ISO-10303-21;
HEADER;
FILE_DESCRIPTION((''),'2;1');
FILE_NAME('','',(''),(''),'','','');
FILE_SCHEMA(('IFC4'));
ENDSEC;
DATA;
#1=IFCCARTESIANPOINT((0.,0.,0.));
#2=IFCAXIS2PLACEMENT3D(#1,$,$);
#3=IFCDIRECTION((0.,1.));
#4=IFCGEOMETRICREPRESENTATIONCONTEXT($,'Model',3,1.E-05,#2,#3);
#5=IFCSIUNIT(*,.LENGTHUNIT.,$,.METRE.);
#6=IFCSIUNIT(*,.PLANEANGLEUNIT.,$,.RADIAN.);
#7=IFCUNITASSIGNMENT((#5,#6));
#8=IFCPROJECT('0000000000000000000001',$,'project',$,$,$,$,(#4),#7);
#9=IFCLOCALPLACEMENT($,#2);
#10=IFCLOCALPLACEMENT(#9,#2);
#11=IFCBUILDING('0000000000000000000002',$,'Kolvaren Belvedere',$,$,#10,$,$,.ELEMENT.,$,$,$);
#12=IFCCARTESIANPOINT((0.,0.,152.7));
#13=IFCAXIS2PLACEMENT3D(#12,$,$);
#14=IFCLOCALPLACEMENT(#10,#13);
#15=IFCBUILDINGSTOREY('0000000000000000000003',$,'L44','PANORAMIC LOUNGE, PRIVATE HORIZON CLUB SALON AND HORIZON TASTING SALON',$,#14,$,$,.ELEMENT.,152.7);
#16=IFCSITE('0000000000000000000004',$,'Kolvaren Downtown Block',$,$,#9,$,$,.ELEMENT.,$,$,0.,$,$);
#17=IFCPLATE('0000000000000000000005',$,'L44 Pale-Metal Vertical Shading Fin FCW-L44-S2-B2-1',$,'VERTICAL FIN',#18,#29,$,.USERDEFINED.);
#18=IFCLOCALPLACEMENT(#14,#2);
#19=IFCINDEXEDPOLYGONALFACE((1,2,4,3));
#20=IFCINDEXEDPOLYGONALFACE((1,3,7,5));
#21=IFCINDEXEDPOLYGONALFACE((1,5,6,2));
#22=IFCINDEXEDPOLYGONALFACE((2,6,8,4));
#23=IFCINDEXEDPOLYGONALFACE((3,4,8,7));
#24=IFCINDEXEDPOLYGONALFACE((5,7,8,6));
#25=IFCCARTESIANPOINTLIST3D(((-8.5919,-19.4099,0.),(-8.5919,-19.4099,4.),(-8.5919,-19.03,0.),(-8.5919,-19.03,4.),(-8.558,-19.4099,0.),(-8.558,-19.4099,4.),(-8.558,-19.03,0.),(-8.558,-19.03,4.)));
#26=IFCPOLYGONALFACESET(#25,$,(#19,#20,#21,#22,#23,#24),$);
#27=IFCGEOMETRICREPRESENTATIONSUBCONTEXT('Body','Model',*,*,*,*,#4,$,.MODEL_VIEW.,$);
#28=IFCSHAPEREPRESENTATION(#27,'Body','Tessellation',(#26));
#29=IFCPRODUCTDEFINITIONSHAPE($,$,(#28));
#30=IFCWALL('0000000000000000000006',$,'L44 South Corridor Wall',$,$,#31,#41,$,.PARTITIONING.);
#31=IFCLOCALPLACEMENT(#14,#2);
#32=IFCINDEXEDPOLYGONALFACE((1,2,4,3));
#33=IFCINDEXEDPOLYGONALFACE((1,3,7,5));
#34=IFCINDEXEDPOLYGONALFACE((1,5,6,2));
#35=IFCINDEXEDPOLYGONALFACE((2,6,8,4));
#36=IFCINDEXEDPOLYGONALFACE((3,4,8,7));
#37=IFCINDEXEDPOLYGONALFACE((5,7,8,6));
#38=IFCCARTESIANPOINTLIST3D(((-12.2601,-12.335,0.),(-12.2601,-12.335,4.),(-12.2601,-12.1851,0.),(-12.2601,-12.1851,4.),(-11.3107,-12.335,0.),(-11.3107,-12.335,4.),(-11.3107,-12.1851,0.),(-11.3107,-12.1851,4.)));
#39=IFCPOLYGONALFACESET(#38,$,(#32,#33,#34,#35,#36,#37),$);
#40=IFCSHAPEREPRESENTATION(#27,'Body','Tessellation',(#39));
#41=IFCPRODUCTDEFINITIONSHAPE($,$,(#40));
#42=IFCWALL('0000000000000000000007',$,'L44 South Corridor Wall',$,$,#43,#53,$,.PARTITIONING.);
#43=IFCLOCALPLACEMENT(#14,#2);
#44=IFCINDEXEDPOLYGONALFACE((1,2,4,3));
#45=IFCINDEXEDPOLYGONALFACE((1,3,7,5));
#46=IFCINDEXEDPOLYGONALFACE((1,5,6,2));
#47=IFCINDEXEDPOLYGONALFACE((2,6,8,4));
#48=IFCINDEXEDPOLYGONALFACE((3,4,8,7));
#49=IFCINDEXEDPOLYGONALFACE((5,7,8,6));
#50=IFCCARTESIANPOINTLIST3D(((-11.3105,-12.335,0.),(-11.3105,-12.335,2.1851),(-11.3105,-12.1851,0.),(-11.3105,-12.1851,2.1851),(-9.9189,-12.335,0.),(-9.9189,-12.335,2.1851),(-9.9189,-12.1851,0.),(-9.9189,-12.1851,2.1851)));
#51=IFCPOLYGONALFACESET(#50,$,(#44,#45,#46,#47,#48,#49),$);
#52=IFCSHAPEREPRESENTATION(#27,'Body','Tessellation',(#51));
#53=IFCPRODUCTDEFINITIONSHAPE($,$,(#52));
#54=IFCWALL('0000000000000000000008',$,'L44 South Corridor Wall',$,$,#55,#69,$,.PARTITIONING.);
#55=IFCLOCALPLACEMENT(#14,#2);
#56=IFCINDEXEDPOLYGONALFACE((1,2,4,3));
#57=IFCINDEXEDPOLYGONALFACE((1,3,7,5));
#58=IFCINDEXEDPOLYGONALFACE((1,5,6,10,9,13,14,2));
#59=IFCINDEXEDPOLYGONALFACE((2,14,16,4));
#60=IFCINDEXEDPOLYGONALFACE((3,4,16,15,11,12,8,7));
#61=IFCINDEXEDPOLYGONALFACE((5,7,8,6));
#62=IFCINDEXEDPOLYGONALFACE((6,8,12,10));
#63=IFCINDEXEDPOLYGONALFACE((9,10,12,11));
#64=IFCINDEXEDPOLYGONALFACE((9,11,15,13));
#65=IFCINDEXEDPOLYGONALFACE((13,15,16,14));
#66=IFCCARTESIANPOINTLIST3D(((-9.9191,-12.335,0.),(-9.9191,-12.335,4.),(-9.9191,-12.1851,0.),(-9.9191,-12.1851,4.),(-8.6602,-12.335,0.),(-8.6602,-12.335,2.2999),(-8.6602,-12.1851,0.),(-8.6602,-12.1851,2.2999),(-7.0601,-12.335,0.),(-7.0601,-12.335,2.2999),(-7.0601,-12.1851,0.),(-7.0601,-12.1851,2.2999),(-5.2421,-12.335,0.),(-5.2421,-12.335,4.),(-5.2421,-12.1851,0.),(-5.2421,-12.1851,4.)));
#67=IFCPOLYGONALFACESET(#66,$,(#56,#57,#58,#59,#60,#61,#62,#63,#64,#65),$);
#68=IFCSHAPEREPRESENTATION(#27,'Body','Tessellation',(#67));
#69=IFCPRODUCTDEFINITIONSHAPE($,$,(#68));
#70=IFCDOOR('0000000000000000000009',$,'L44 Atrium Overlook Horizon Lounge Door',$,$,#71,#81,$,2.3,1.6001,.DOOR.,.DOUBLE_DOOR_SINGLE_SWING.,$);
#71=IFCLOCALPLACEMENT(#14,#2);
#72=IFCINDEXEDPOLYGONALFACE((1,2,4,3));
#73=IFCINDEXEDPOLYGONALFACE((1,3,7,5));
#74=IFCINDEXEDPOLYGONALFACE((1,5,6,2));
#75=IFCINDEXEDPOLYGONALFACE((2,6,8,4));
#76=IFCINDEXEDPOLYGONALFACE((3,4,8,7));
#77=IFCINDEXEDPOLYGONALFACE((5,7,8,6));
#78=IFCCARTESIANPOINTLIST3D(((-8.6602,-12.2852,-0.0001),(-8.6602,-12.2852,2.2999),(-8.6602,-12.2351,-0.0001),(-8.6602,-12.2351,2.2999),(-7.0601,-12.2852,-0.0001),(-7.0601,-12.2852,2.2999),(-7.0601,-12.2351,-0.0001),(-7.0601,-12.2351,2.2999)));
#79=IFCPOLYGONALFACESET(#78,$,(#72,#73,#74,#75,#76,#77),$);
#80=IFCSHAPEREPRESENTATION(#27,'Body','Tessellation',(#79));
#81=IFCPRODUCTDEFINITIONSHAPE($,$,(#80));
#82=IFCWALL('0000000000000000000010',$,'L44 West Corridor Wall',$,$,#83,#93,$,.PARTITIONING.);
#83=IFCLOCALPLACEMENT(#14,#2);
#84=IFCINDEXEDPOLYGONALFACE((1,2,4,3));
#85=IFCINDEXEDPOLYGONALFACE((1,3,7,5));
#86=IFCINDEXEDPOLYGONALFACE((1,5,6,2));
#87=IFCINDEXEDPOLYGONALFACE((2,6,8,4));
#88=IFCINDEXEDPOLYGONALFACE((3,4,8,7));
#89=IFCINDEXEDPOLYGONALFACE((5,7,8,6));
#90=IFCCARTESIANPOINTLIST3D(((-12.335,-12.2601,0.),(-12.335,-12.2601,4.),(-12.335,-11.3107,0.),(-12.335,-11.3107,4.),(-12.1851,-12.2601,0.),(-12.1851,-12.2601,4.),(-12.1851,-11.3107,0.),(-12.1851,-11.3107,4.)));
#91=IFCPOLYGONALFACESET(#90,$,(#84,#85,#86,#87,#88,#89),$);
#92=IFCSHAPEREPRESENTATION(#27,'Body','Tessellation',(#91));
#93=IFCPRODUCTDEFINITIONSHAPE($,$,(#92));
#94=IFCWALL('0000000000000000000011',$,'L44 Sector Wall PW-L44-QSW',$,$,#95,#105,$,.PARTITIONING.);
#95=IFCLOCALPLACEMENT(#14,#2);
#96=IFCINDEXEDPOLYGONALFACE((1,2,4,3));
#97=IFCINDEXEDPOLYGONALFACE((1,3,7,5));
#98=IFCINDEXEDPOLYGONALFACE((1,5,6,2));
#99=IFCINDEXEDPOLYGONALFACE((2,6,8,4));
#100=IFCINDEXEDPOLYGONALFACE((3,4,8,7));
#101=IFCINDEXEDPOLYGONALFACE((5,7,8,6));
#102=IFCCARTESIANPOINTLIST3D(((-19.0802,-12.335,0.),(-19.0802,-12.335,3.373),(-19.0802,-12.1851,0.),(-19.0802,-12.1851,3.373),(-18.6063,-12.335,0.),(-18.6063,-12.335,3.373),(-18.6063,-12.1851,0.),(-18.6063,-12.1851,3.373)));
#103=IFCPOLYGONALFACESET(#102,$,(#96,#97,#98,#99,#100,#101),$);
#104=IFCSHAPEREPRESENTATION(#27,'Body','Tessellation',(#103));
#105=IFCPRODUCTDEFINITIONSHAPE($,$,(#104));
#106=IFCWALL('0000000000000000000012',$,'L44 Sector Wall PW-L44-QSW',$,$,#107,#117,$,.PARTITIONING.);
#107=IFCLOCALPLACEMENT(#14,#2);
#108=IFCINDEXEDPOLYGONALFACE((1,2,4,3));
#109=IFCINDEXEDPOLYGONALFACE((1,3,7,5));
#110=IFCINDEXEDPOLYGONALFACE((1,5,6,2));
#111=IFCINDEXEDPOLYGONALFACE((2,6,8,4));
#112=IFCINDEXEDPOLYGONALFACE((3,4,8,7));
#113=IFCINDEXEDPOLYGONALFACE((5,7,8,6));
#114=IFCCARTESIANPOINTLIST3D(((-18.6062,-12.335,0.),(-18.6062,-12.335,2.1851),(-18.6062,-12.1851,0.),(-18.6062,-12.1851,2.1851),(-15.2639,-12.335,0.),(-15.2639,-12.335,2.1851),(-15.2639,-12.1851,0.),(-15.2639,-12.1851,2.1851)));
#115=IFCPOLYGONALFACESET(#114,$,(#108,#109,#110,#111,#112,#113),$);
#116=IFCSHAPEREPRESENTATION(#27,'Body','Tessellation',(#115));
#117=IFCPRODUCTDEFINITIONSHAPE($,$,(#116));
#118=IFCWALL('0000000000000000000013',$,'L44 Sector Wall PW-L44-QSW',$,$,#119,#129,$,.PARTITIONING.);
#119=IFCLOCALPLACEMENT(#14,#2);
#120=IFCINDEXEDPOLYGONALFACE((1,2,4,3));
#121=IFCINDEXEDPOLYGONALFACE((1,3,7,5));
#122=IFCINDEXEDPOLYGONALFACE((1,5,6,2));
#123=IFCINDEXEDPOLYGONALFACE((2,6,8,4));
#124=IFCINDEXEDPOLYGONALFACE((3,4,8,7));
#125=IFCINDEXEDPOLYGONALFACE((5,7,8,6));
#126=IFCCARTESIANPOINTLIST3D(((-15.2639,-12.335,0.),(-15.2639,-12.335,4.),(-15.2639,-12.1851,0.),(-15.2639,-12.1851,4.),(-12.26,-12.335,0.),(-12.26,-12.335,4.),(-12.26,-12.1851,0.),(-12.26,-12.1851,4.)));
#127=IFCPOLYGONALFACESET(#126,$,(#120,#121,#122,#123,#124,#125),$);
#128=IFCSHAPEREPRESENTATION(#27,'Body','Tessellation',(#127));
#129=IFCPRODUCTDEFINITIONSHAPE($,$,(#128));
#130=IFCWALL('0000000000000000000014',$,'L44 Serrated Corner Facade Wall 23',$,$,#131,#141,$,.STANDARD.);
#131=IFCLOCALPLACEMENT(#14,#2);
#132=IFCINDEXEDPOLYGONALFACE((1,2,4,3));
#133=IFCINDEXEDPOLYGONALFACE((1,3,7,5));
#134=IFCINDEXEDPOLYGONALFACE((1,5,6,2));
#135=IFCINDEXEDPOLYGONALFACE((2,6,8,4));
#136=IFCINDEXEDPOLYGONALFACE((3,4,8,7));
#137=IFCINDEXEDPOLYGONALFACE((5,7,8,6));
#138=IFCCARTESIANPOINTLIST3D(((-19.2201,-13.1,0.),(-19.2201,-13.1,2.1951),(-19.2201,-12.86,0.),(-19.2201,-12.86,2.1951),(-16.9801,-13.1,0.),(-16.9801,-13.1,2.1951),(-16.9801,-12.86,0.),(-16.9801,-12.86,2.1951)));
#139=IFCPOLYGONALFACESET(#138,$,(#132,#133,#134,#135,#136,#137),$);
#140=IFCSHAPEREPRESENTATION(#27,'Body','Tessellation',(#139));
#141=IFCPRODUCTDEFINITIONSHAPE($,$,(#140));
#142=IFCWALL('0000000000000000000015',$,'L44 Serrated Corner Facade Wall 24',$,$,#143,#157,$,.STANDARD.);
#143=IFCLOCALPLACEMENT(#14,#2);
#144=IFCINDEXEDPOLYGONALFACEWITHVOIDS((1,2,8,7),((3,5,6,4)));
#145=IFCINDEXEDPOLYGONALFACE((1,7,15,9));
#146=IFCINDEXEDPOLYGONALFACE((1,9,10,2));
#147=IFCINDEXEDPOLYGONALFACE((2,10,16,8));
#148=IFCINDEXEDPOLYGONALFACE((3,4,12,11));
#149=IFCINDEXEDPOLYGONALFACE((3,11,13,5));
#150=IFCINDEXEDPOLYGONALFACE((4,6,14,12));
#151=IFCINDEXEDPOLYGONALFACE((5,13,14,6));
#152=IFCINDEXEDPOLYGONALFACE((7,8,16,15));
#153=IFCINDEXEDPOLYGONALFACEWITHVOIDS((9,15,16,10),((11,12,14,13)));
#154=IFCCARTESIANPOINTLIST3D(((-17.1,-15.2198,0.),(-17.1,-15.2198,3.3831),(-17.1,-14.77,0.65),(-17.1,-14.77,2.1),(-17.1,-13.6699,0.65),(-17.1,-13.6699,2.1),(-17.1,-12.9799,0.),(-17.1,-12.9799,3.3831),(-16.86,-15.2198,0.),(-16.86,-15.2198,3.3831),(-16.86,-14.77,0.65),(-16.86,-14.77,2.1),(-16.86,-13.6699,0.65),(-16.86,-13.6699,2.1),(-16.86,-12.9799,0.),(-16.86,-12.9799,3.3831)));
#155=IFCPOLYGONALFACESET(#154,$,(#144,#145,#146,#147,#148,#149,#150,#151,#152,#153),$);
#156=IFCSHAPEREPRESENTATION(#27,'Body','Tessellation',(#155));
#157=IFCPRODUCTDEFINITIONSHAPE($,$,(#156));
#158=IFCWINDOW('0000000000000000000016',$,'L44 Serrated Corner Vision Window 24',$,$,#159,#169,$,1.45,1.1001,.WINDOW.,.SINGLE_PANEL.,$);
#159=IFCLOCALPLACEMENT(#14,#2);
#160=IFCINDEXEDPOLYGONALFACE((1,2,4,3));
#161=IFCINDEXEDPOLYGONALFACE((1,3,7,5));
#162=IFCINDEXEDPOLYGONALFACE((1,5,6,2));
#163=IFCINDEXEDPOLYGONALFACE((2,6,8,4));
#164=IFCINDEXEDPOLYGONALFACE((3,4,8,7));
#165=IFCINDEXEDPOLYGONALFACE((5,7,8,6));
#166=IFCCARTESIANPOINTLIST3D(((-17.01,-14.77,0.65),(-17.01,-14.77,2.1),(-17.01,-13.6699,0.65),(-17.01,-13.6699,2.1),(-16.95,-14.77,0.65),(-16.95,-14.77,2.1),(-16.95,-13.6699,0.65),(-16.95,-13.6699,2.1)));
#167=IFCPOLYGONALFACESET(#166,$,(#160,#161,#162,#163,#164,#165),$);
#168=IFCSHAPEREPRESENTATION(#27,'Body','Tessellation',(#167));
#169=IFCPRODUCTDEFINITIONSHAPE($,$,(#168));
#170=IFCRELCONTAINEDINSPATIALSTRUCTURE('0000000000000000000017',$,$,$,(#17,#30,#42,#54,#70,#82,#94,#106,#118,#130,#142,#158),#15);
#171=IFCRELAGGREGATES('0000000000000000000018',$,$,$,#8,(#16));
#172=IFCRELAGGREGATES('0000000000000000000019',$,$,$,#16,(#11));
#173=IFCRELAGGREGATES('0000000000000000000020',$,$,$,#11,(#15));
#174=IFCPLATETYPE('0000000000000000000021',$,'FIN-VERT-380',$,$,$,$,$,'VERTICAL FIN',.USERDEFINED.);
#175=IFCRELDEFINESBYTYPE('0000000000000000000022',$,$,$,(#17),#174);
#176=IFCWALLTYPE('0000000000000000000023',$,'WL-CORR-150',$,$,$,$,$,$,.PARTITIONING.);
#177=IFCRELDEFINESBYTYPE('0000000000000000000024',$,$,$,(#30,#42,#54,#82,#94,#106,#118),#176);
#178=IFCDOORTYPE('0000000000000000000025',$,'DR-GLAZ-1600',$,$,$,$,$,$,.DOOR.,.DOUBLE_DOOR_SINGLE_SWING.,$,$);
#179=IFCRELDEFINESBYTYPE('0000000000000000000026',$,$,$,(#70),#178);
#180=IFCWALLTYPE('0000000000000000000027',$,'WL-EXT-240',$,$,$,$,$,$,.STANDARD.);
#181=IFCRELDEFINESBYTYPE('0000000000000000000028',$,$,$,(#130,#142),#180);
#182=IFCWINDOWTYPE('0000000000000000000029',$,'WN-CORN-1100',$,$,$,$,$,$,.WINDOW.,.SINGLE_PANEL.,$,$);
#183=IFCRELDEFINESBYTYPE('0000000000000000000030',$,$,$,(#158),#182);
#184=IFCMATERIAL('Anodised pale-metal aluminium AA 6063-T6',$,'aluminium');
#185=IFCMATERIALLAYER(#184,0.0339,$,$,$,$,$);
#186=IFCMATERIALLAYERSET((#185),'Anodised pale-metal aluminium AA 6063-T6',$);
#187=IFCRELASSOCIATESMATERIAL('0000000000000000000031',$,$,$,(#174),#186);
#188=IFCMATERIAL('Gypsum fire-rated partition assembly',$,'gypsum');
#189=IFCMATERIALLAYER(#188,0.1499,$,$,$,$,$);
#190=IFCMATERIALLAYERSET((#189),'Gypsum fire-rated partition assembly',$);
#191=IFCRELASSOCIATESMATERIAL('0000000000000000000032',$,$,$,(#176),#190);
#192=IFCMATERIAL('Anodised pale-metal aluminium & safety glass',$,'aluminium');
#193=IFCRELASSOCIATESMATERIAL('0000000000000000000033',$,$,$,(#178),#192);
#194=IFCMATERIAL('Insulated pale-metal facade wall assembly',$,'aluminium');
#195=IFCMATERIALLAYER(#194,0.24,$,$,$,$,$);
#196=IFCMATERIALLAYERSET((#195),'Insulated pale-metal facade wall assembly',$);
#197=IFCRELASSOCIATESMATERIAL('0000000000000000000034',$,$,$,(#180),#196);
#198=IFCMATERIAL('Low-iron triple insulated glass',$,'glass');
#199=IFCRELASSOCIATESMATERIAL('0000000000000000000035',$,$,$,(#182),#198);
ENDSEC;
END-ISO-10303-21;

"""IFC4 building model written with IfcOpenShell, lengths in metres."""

from ifc_helpers import new_model, si_unit, direction, frame, frame_2d, origin, origin_2d, place, context, subcontext, project, spatial, rectangle, extrude, material, layer, layer_set, type_object, element, fill, save


model = new_model("IFC4")

# Units and contexts
model_context = context("Model", 3, precision=1e-05, world=origin(), true_north=direction((0.0, 1.0)))
body_context = subcontext(model_context, "Body", "Model", "MODEL_VIEW")
ifc_project = project(units=[si_unit("LENGTHUNIT", "METRE"), si_unit("PLANEANGLEUNIT", "RADIAN")], contexts=[model_context])

# Site, building, storey
site_placement = place(None, origin())
site = spatial("IfcSite", under=ifc_project, at=site_placement, Name="Kolvaren Downtown Block", CompositionType="ELEMENT", RefElevation=0.0)
building_placement = place(site_placement, origin())
building = spatial("IfcBuilding", under=site, at=building_placement, Name="Kolvaren Belvedere", CompositionType="ELEMENT")
storey_placement = place(building_placement, frame((0.0, 0.0, 152.7)))
storey = spatial("IfcBuildingStorey", under=building, at=storey_placement, Name="L44", Description="PANORAMIC LOUNGE, PRIVATE HORIZON CLUB SALON AND HORIZON TASTING SALON", CompositionType="ELEMENT", Elevation=152.7)

# Plate
ifc_material_1 = material(Name="Anodised pale-metal aluminium AA 6063-T6", Category="aluminium")
ifc_layer_1 = layer(ifc_material_1, 0.0339)
ifc_layer_set_1 = layer_set([ifc_layer_1], Name="Anodised pale-metal aluminium AA 6063-T6")
plate_type_1 = type_object("IfcPlateType", Name="FIN-VERT-380", ElementType="VERTICAL FIN", PredefinedType="USERDEFINED", material=ifc_layer_set_1)
plate_1_placement = place(storey_placement, frame((-8.575, -19.22, 0.0), z_axis=(0.0, 0.0, 1.0), x_axis=(0.0, 1.0, 0.0)))
element("IfcPlate", 1, at=plate_1_placement, inside=storey, type_object=plate_type_1, Name="L44 Pale-Metal Vertical Shading Fin FCW-L44-S2-B2-1", ObjectType="VERTICAL FIN", PredefinedType="USERDEFINED", context=body_context, shape_type="SweptSolid", body=[
    extrude(rectangle(XDim=0.3799, YDim=0.0339, at=origin_2d()), origin(), (0.0, 0.0, 1.0), 4.0),
])

# Walls
ifc_material_2 = material(Name="Gypsum fire-rated partition assembly", Category="gypsum")
ifc_layer_2 = layer(ifc_material_2, 0.1499)
ifc_layer_set_2 = layer_set([ifc_layer_2], Name="Gypsum fire-rated partition assembly")
wall_type_1 = type_object("IfcWallType", Name="WL-CORR-150", PredefinedType="PARTITIONING", material=ifc_layer_set_2)
wall_1_placement = place(storey_placement, frame((-12.26, -12.26, 0.0), z_axis=(0.0, 0.0, 1.0), x_axis=(1.0, 0.0, 0.0)))
element("IfcWall", 2, at=wall_1_placement, inside=storey, type_object=wall_type_1, Name="L44 South Corridor Wall", PredefinedType="PARTITIONING", context=body_context, shape_type="SweptSolid", body=[
    extrude(rectangle(XDim=0.9495, YDim=0.1499, at=frame_2d((0.4746, 0.0))), origin(), (0.0, 0.0, 1.0), 4.0),
])
wall_2_placement = place(storey_placement, frame((-11.3105, -12.26, 0.0), z_axis=(0.0, 0.0, 1.0), x_axis=(1.0, 0.0, 0.0)))
element("IfcWall", 3, at=wall_2_placement, inside=storey, type_object=wall_type_1, Name="L44 South Corridor Wall", PredefinedType="PARTITIONING", context=body_context, shape_type="SweptSolid", body=[
    extrude(rectangle(XDim=1.3916, YDim=0.1499, at=frame_2d((0.6958, 0.0))), origin(), (0.0, 0.0, 1.0), 2.1851),
])

# Wall, opening, door
wall_3_placement = place(storey_placement, frame((-9.9189, -12.26, 0.0), z_axis=(0.0, 0.0, 1.0), x_axis=(1.0, 0.0, 0.0)))
wall_3 = element("IfcWall", 4, at=wall_3_placement, inside=storey, type_object=wall_type_1, Name="L44 South Corridor Wall", PredefinedType="PARTITIONING", context=body_context, shape_type="SweptSolid", body=[
    extrude(rectangle(XDim=4.677, YDim=0.1499, at=frame_2d((2.3384, 0.0))), origin(), (0.0, 0.0, 1.0), 4.0),
])
opening_1_placement = place(wall_3_placement, frame((1.2588, 0.0, 0.0)))
opening_1 = element("IfcOpeningElement", 5, at=opening_1_placement, cuts=wall_3, PredefinedType="OPENING", context=body_context, shape_type="SweptSolid", body=[
    extrude(rectangle(XDim=1.6001, YDim=2.3, at=frame_2d((0.8, 1.1499))), frame((0.0, 0.085, 0.0), z_axis=(0.0, -1.0, 0.0), x_axis=(1.0, 0.0, 0.0)), (0.0, 0.0, 1.0), 0.1699),
])
ifc_material_3 = material(Name="Anodised pale-metal aluminium & safety glass", Category="aluminium")
door_type = type_object("IfcDoorType", Name="DR-GLAZ-1600", OperationType="DOUBLE_DOOR_SINGLE_SWING", PredefinedType="DOOR", material=ifc_material_3)
door_placement = place(opening_1_placement, origin())
door = element("IfcDoor", 6, at=door_placement, inside=storey, type_object=door_type, Name="L44 Atrium Overlook Horizon Lounge Door", OperationType="DOUBLE_DOOR_SINGLE_SWING", OverallHeight=2.3, OverallWidth=1.6001, PredefinedType="DOOR", context=body_context, shape_type="SweptSolid", body=[
    extrude(rectangle(XDim=1.6001, YDim=2.3, at=frame_2d((0.8, 1.1499))), frame((0.0, 0.0249, 0.0), z_axis=(0.0, -1.0, 0.0), x_axis=(1.0, 0.0, 0.0)), (0.0, 0.0, 1.0), 0.05),
])
fill(opening_1, door)

# Walls
wall_4_placement = place(storey_placement, frame((-12.26, -12.26, 0.0), z_axis=(0.0, 0.0, 1.0), x_axis=(0.0, 1.0, 0.0)))
element("IfcWall", 7, at=wall_4_placement, inside=storey, type_object=wall_type_1, Name="L44 West Corridor Wall", PredefinedType="PARTITIONING", context=body_context, shape_type="SweptSolid", body=[
    extrude(rectangle(XDim=0.9495, YDim=0.1499, at=frame_2d((0.4746, 0.0))), origin(), (0.0, 0.0, 1.0), 4.0),
])
wall_5_placement = place(storey_placement, frame((-19.0801, -12.26, 0.0), z_axis=(0.0, 0.0, 1.0), x_axis=(1.0, 0.0, 0.0)))
element("IfcWall", 8, at=wall_5_placement, inside=storey, type_object=wall_type_1, Name="L44 Sector Wall PW-L44-QSW", PredefinedType="PARTITIONING", context=body_context, shape_type="SweptSolid", body=[
    extrude(rectangle(XDim=0.4739, YDim=0.1499, at=frame_2d((0.2368, 0.0))), origin(), (0.0, 0.0, 1.0), 3.373),
])
wall_6_placement = place(storey_placement, frame((-18.6062, -12.26, 0.0), z_axis=(0.0, 0.0, 1.0), x_axis=(1.0, 0.0, 0.0)))
element("IfcWall", 9, at=wall_6_placement, inside=storey, type_object=wall_type_1, Name="L44 Sector Wall PW-L44-QSW", PredefinedType="PARTITIONING", context=body_context, shape_type="SweptSolid", body=[
    extrude(rectangle(XDim=3.3423, YDim=0.1499, at=frame_2d((1.6711, 0.0))), origin(), (0.0, 0.0, 1.0), 2.1851),
])
wall_7_placement = place(storey_placement, frame((-15.2639, -12.26, 0.0), z_axis=(0.0, 0.0, 1.0), x_axis=(1.0, 0.0, 0.0)))
element("IfcWall", 10, at=wall_7_placement, inside=storey, type_object=wall_type_1, Name="L44 Sector Wall PW-L44-QSW", PredefinedType="PARTITIONING", context=body_context, shape_type="SweptSolid", body=[
    extrude(rectangle(XDim=3.0039, YDim=0.1499, at=frame_2d((1.502, 0.0))), origin(), (0.0, 0.0, 1.0), 4.0),
])
ifc_material_4 = material(Name="Insulated pale-metal facade wall assembly", Category="aluminium")
ifc_layer_3 = layer(ifc_material_4, 0.24)
ifc_layer_set_3 = layer_set([ifc_layer_3], Name="Insulated pale-metal facade wall assembly")
wall_type_2 = type_object("IfcWallType", Name="WL-EXT-240", PredefinedType="STANDARD", material=ifc_layer_set_3)
wall_8_placement = place(storey_placement, frame((-16.98, -12.98, 0.0), z_axis=(0.0, 0.0, 1.0), x_axis=(-1.0, 0.0, 0.0)))
element("IfcWall", 11, at=wall_8_placement, inside=storey, type_object=wall_type_2, Name="L44 Serrated Corner Facade Wall 23", PredefinedType="STANDARD", context=body_context, shape_type="SweptSolid", body=[
    extrude(rectangle(XDim=2.24, YDim=0.24, at=frame_2d((1.1201, 0.0))), origin(), (0.0, 0.0, 1.0), 2.1951),
])

# Wall, opening, window
wall_9_placement = place(storey_placement, frame((-16.98, -15.22, 0.0), z_axis=(0.0, 0.0, 1.0), x_axis=(0.0, 1.0, 0.0)))
wall_9 = element("IfcWall", 12, at=wall_9_placement, inside=storey, type_object=wall_type_2, Name="L44 Serrated Corner Facade Wall 24", PredefinedType="STANDARD", context=body_context, shape_type="SweptSolid", body=[
    extrude(rectangle(XDim=2.24, YDim=0.24, at=frame_2d((1.1201, 0.0))), origin(), (0.0, 0.0, 1.0), 3.3831),
])
opening_2_placement = place(wall_9_placement, frame((0.45, 0.0, 0.6499)))
opening_2 = element("IfcOpeningElement", 13, at=opening_2_placement, cuts=wall_9, PredefinedType="OPENING", context=body_context, shape_type="SweptSolid", body=[
    extrude(rectangle(XDim=1.1001, YDim=1.45, at=frame_2d((0.55, 0.7251))), frame((0.0, 0.1299, 0.0), z_axis=(0.0, -1.0, 0.0), x_axis=(1.0, 0.0, 0.0)), (0.0, 0.0, 1.0), 0.26),
])
ifc_material_5 = material(Name="Low-iron triple insulated glass", Category="glass")
window_type = type_object("IfcWindowType", Name="WN-CORN-1100", PartitioningType="SINGLE_PANEL", PredefinedType="WINDOW", material=ifc_material_5)
window_1_placement = place(opening_2_placement, origin())
window_1 = element("IfcWindow", 14, at=window_1_placement, inside=storey, type_object=window_type, Name="L44 Serrated Corner Vision Window 24", OverallHeight=1.45, OverallWidth=1.1001, PartitioningType="SINGLE_PANEL", PredefinedType="WINDOW", context=body_context, shape_type="SweptSolid", body=[
    extrude(rectangle(XDim=1.1001, YDim=1.45, at=frame_2d((0.55, 0.7251))), frame((0.0, 0.03, 0.0), z_axis=(0.0, -1.0, 0.0), x_axis=(1.0, 0.0, 0.0)), (0.0, 0.0, 1.0), 0.0601),
])
fill(opening_2, window_1)

save(model, "model.ifc")
